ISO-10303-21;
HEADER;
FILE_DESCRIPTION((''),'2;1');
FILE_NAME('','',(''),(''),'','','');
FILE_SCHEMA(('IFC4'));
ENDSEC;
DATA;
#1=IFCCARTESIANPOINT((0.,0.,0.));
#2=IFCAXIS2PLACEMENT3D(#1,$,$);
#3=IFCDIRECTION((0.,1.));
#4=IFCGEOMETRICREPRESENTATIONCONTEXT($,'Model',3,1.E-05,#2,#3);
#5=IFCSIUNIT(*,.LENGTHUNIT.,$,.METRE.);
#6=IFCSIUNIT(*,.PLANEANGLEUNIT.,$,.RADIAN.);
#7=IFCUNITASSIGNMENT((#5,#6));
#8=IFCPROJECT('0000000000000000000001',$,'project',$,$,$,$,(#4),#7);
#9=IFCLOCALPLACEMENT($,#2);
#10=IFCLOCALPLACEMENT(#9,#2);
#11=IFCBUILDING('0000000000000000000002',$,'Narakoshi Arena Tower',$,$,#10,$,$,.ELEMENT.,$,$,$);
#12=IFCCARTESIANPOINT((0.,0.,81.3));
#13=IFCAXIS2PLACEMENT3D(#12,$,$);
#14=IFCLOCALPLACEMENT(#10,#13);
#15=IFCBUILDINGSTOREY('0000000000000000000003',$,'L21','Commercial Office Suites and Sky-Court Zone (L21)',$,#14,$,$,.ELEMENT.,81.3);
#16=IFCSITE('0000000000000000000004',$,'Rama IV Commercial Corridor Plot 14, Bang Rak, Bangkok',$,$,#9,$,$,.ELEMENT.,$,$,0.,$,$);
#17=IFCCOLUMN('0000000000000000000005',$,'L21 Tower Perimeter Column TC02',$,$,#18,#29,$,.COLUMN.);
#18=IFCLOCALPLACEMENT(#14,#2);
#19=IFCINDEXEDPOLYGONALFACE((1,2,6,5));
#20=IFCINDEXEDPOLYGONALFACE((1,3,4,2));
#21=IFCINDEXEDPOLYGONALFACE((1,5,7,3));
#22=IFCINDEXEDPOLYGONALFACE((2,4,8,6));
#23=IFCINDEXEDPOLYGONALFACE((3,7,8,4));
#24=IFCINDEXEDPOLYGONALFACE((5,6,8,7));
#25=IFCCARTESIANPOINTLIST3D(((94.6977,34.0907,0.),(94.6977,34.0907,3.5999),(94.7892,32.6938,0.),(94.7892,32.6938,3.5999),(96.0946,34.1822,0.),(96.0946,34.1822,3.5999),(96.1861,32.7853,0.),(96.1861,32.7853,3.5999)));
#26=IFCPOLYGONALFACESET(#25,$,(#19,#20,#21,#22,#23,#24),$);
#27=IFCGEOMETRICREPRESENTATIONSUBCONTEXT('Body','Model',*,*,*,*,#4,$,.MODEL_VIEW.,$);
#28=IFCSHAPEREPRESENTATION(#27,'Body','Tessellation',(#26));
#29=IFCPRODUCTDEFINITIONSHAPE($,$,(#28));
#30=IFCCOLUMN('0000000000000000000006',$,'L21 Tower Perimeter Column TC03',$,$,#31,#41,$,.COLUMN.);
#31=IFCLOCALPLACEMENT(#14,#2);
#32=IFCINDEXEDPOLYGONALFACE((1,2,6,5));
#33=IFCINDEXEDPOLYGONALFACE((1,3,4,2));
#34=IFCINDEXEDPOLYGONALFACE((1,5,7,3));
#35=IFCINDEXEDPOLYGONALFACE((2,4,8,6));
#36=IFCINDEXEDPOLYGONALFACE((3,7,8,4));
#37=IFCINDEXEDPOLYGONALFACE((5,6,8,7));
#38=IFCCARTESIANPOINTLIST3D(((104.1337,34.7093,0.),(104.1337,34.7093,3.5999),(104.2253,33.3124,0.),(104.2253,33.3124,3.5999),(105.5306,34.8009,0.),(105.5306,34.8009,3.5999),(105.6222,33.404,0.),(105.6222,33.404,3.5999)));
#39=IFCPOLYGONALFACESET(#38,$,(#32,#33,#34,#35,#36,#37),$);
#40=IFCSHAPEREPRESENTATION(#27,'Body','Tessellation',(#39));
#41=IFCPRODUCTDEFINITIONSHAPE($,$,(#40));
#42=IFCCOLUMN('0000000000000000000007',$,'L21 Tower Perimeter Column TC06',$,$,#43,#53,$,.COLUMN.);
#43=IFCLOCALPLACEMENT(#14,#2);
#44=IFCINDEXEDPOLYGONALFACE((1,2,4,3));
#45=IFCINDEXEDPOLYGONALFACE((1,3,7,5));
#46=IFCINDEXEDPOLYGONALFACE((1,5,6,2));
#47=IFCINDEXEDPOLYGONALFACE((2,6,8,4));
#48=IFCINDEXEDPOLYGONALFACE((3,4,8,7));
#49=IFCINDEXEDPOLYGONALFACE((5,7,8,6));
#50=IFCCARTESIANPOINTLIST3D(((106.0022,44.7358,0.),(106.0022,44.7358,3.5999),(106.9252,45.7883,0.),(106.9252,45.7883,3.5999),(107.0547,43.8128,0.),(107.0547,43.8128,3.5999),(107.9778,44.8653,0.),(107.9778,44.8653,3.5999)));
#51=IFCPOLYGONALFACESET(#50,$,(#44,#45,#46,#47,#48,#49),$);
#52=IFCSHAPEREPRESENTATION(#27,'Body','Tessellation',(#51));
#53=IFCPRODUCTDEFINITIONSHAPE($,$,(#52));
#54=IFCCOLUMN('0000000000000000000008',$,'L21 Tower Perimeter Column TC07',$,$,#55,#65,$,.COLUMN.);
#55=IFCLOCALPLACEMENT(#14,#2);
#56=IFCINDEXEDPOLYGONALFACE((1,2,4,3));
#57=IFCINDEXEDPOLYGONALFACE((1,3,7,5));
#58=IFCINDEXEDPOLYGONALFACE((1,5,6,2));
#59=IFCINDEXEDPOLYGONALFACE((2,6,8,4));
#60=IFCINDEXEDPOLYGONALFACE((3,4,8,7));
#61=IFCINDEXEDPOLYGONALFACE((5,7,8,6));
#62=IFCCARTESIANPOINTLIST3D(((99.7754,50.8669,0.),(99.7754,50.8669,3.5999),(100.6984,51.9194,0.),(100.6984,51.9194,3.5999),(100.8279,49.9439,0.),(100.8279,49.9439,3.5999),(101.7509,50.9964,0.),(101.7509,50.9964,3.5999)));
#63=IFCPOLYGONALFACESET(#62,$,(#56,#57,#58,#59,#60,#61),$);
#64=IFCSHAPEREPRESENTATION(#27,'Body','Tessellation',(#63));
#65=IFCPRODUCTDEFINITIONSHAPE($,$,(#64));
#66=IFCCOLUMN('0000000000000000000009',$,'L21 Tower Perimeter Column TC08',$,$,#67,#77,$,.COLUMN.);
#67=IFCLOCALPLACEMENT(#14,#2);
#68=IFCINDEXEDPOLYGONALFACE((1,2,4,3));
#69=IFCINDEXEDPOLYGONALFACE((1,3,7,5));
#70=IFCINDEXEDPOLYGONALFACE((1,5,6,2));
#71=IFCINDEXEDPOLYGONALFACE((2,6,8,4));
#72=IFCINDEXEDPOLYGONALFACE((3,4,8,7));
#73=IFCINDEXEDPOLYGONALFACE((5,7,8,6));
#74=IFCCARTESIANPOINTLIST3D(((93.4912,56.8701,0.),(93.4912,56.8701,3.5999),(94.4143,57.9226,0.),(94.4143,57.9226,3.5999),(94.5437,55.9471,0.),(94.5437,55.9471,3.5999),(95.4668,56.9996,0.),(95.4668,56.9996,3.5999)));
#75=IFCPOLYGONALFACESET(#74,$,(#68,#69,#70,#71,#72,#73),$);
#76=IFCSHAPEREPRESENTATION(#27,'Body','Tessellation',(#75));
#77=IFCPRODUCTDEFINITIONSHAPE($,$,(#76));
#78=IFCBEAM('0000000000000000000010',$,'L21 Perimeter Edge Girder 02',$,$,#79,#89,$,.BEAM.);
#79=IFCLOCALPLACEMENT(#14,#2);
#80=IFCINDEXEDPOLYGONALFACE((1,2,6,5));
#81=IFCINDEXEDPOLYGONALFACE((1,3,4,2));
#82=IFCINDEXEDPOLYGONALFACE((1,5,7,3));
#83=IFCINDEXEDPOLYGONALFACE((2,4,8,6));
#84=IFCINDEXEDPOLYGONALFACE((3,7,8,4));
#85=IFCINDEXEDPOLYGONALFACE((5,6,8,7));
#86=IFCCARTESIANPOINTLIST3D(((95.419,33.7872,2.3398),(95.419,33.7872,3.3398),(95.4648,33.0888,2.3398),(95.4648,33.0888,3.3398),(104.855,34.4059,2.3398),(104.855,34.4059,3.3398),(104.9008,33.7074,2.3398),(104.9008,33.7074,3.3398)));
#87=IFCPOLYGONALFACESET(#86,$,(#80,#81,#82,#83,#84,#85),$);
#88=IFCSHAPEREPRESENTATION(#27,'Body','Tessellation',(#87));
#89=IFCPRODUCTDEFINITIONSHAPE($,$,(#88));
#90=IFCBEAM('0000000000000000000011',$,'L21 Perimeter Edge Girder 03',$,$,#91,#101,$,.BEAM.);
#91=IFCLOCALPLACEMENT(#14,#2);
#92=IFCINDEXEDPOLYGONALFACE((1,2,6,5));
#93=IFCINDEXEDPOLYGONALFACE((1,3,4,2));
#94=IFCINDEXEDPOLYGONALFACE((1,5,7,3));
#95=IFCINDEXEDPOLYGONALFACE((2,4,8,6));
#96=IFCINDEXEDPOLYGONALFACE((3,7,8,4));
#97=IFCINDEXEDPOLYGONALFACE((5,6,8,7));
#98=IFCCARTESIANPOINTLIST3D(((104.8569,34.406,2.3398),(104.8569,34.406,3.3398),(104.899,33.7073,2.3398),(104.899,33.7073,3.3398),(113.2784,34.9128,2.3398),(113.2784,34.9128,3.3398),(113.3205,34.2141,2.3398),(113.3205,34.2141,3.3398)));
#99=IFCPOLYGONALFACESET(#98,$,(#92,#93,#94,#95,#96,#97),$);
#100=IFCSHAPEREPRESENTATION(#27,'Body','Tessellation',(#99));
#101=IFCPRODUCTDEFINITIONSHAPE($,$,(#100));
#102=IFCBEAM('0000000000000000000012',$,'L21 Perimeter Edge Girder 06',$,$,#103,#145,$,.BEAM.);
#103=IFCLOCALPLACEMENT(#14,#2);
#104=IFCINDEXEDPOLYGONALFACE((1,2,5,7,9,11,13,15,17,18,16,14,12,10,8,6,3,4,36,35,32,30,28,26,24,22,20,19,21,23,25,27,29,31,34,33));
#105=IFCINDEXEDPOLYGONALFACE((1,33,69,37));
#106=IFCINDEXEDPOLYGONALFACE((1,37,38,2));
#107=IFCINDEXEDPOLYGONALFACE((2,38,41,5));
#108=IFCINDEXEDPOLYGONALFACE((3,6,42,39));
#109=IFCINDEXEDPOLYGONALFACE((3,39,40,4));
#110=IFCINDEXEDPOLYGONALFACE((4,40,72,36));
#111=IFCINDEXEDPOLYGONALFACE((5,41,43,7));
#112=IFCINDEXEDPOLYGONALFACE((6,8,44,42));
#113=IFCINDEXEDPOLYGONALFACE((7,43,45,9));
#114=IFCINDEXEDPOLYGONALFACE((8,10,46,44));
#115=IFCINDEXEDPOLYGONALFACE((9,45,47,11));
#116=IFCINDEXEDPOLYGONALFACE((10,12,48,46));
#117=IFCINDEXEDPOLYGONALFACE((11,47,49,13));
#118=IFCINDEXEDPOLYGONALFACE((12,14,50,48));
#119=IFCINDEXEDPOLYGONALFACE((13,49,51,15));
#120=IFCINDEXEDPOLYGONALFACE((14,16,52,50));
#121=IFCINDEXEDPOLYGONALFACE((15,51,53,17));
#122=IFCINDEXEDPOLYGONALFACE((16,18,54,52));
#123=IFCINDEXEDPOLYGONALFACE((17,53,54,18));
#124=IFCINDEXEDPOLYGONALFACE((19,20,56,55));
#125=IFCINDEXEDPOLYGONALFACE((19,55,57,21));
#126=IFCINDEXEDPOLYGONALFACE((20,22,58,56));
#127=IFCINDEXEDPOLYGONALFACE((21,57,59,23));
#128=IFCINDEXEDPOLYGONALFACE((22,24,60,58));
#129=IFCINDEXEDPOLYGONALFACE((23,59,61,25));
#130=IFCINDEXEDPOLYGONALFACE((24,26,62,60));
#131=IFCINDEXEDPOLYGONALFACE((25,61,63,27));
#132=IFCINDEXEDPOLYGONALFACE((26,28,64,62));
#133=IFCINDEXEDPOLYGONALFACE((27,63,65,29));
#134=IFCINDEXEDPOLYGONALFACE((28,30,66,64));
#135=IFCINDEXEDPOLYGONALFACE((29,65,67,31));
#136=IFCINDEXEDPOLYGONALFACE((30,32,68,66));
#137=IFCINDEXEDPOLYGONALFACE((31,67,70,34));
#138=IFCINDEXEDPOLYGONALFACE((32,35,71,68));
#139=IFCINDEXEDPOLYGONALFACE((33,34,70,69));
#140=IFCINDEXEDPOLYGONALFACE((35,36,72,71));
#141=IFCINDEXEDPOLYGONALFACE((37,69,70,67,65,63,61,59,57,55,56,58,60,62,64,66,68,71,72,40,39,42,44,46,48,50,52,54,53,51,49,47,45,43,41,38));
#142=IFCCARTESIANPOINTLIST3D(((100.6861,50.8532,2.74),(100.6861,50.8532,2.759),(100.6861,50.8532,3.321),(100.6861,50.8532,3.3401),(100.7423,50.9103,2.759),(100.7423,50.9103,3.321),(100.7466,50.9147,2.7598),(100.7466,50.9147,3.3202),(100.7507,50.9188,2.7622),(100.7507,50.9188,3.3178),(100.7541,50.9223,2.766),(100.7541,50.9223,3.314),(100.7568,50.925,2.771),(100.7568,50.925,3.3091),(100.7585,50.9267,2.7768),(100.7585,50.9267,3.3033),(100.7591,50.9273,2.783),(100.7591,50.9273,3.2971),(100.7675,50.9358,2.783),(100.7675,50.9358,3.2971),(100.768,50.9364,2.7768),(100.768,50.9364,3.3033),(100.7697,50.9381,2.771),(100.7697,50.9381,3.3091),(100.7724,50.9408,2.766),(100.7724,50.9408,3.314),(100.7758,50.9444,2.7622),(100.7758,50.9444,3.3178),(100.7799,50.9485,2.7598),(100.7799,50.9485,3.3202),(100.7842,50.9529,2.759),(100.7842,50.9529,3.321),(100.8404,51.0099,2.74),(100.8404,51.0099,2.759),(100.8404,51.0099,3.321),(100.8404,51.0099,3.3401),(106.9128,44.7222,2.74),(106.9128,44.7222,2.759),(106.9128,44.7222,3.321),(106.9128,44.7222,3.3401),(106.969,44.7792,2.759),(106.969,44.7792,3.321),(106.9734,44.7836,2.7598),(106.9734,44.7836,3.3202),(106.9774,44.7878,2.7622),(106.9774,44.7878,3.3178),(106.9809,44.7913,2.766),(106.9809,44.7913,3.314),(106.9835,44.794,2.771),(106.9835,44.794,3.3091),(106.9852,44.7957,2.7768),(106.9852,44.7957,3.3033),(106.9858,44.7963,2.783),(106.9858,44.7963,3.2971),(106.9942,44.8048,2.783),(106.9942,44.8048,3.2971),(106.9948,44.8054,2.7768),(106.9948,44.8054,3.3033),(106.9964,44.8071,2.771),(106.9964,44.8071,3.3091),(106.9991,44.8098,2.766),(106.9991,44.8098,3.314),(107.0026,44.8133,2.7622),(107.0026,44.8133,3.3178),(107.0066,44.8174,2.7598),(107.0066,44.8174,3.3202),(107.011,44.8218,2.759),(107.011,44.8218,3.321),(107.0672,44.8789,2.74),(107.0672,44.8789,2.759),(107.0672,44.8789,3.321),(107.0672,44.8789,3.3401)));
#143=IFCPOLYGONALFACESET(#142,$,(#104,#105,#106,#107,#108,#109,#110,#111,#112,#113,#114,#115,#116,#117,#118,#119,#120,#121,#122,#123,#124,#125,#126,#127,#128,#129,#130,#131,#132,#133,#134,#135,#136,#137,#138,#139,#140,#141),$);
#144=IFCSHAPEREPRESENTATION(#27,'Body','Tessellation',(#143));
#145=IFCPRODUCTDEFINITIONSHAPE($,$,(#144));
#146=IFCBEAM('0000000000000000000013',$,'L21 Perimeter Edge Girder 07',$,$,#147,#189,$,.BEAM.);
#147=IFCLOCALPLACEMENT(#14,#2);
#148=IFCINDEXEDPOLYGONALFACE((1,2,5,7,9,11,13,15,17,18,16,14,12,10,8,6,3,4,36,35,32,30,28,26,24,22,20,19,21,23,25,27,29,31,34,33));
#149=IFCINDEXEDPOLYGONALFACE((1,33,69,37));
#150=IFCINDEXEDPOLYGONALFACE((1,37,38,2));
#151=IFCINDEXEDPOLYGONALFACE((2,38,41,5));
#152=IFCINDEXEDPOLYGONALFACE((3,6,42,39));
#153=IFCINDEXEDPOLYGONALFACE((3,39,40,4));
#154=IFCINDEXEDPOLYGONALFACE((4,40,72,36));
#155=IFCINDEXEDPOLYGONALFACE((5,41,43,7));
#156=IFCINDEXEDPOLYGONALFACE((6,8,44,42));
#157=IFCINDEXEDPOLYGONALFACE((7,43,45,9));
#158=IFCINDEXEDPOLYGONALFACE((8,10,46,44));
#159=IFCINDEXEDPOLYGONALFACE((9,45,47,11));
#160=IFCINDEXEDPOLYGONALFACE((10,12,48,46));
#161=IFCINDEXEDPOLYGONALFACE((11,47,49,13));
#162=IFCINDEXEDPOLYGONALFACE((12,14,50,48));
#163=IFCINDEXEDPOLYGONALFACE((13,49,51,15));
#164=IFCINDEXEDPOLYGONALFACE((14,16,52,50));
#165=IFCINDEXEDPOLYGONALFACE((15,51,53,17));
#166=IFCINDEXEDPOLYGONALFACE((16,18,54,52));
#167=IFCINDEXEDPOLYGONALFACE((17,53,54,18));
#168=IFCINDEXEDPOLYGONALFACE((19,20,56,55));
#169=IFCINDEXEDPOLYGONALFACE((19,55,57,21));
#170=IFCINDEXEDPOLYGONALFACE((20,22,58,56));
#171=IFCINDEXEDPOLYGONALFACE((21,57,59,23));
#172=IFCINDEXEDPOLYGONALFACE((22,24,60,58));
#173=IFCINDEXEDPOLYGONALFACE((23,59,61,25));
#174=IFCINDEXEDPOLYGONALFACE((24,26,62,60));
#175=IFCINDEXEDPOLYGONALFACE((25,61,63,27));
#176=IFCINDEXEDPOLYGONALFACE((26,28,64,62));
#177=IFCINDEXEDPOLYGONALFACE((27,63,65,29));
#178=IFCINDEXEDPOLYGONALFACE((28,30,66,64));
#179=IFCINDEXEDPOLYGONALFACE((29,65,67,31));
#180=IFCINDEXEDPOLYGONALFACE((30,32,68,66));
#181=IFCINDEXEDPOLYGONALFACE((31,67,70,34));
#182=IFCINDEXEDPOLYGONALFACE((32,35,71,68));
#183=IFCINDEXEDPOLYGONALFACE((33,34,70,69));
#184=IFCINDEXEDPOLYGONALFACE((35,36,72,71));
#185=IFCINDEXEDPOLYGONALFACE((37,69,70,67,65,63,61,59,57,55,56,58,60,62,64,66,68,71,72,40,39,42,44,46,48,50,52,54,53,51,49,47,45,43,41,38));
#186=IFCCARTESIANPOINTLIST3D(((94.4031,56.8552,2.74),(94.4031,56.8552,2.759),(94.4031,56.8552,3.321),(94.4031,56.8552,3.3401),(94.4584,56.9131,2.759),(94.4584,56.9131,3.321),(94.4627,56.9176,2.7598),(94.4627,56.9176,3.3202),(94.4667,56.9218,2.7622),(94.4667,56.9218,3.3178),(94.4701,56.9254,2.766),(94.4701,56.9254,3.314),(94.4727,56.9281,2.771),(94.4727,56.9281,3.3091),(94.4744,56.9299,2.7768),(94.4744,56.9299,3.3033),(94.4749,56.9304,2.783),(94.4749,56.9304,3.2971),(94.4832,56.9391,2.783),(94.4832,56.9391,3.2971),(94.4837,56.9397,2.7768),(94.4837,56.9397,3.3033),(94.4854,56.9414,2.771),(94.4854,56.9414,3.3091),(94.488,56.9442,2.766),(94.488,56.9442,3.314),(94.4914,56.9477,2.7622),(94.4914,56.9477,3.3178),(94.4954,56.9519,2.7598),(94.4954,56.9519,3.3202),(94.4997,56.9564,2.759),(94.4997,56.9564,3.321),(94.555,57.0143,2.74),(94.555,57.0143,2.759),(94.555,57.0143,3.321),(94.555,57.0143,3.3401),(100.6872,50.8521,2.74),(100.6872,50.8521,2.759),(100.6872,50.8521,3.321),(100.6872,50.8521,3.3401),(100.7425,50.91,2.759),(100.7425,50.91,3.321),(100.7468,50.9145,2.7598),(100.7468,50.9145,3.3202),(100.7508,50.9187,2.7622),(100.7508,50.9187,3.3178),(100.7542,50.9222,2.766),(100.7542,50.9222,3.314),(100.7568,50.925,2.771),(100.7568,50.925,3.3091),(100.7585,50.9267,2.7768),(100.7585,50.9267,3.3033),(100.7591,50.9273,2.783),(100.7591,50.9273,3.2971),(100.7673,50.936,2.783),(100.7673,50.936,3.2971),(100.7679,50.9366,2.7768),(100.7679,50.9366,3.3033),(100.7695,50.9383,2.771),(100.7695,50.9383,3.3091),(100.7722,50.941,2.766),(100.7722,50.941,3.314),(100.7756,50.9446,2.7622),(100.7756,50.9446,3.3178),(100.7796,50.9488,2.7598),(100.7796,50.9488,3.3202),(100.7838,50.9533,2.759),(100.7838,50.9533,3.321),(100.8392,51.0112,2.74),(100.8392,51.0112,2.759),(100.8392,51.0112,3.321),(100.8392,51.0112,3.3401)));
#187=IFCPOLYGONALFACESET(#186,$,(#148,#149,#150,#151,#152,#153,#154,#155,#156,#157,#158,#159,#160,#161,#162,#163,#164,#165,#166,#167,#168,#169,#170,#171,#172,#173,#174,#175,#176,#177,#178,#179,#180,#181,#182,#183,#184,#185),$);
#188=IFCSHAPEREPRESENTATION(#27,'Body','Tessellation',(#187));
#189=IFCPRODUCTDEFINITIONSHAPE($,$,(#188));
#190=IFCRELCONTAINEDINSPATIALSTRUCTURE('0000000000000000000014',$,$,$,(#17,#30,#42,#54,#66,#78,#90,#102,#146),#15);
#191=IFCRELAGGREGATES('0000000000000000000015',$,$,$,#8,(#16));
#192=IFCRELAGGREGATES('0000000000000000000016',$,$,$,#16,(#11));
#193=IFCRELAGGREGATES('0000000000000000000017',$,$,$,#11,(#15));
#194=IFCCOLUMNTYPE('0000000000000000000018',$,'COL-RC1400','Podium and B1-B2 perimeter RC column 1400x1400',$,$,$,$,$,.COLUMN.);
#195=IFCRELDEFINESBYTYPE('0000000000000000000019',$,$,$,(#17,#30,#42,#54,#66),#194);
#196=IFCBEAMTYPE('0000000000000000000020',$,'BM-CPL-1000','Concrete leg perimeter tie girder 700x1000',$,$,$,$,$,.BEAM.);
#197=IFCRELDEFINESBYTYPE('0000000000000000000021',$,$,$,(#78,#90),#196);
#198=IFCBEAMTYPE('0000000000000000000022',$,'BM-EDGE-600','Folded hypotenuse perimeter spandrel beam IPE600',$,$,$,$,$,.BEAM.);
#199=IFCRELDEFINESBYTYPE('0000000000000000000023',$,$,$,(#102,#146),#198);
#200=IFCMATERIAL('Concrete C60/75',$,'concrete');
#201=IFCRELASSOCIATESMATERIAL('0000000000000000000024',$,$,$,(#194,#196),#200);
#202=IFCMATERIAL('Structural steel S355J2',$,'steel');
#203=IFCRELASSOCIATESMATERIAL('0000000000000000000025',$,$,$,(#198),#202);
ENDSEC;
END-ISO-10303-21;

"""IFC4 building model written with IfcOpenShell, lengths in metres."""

from ifc_helpers import new_model, si_unit, direction, frame, origin, origin_2d, place, context, subcontext, project, spatial, rectangle, i_section, extrude, material, material_profile, profile_set, type_object, element, save


model = new_model("IFC4")

# Units and contexts
model_context = context("Model", 3, precision=1e-05, world=origin(), true_north=direction((0.0, 1.0)))
body_context = subcontext(model_context, "Body", "Model", "MODEL_VIEW")
ifc_project = project(units=[si_unit("LENGTHUNIT", "METRE"), si_unit("PLANEANGLEUNIT", "RADIAN")], contexts=[model_context])

# Site, building, storey
site_placement = place(None, origin())
site = spatial("IfcSite", under=ifc_project, at=site_placement, Name="Rama IV Commercial Corridor Plot 14, Bang Rak, Bangkok", CompositionType="ELEMENT", RefElevation=0.0)
building_placement = place(site_placement, origin())
building = spatial("IfcBuilding", under=site, at=building_placement, Name="Narakoshi Arena Tower", CompositionType="ELEMENT")
storey_placement = place(building_placement, frame((0.0, 0.0, 81.3)))
storey = spatial("IfcBuildingStorey", under=building, at=storey_placement, Name="L21", Description="Commercial Office Suites and Sky-Court Zone (L21)", CompositionType="ELEMENT", Elevation=81.3)

# Columns
ifc_material_1 = material(Name="Concrete C60/75", Category="concrete")
ifc_material_profile_1 = material_profile(ifc_material_1, rectangle(XDim=1.3999, YDim=1.3999, at=origin_2d()), Name="RC1400x1400")
ifc_profile_set_1 = profile_set([ifc_material_profile_1], Name="Concrete C60/75")
column_type = type_object("IfcColumnType", Name="COL-RC1400", Description="Podium and B1-B2 perimeter RC column 1400x1400", PredefinedType="COLUMN", material=ifc_profile_set_1)
for number, where, z_axis, x_axis, name in (
    (1, (95.4419, 33.438, 0.0), (0.0, 0.0, 1.0), (0.997859, 0.065403, 0.0), "L21 Tower Perimeter Column TC02"),
    (2, (104.8779, 34.0566, 0.0), (0.0, 0.0, 1.0), (0.997859, 0.065403, 0.0), "L21 Tower Perimeter Column TC03"),
    (3, (106.99, 44.8005, 0.0), (0.0, 0.0, 1.0), (0.659346, 0.75184, 0.0), "L21 Tower Perimeter Column TC06"),
    (4, (100.7632, 50.9316, 0.0), (0.0, 0.0, 1.0), (0.659346, 0.75184, 0.0), "L21 Tower Perimeter Column TC07"),
    (5, (94.479, 56.9348, 0.0), (0.0, 0.0, 1.0), (0.659346, 0.75184, 0.0), "L21 Tower Perimeter Column TC08"),
):
    element("IfcColumn", number, at=place(storey_placement, frame(where, z_axis=z_axis, x_axis=x_axis)), inside=storey, type_object=column_type, Name=name, PredefinedType="COLUMN", context=body_context, shape_type="SweptSolid", body=[
        extrude(rectangle(XDim=1.3999, YDim=1.3999, at=origin_2d()), origin(), (0.0, 0.0, 1.0), 3.5999),
    ])

# Beams
ifc_material_profile_2 = material_profile(ifc_material_1, rectangle(XDim=0.7, YDim=1.0, at=origin_2d()), Name="RCB700x1000")
ifc_profile_set_2 = profile_set([ifc_material_profile_2], Name="Concrete C60/75")
beam_type_1 = type_object("IfcBeamType", Name="BM-CPL-1000", Description="Concrete leg perimeter tie girder 700x1000", PredefinedType="BEAM", material=ifc_profile_set_2)
beam_1_placement = place(storey_placement, frame((95.4419, 33.438, 2.8398), z_axis=(0.997858, 0.065422, 0.0), x_axis=(-0.065422, 0.997858, 0.0)))
element("IfcBeam", 6, at=beam_1_placement, inside=storey, type_object=beam_type_1, Name="L21 Perimeter Edge Girder 02", PredefinedType="BEAM", context=body_context, shape_type="SweptSolid", body=[
    extrude(rectangle(XDim=0.7, YDim=1.0, at=origin_2d()), origin(), (0.0, 0.0, 1.0), 9.4563),
])
beam_2_placement = place(storey_placement, frame((104.8779, 34.0566, 2.8398), z_axis=(0.998194, 0.060074, 0.0), x_axis=(-0.060074, 0.998194, 0.0)))
element("IfcBeam", 7, at=beam_2_placement, inside=storey, type_object=beam_type_1, Name="L21 Perimeter Edge Girder 03", PredefinedType="BEAM", context=body_context, shape_type="SweptSolid", body=[
    extrude(rectangle(XDim=0.7, YDim=1.0, at=origin_2d()), origin(), (0.0, 0.0, 1.0), 8.4368),
])
ifc_material_2 = material(Name="Structural steel S355J2", Category="steel")
ifc_material_profile_3 = material_profile(ifc_material_2, i_section(OverallWidth=0.22, OverallDepth=0.6001, WebThickness=0.012, FlangeThickness=0.019, FilletRadius=0.0239, at=origin_2d()), Name="IPE600")
ifc_profile_set_3 = profile_set([ifc_material_profile_3], Name="Structural steel S355J2")
beam_type_2 = type_object("IfcBeamType", Name="BM-EDGE-600", Description="Folded hypotenuse perimeter spandrel beam IPE600", PredefinedType="BEAM", material=ifc_profile_set_3)
beam_3_placement = place(storey_placement, frame((106.99, 44.8005, 3.04), z_axis=(-0.712561, 0.70161, 0.0), x_axis=(-0.70161, -0.712561, 0.0)))
element("IfcBeam", 8, at=beam_3_placement, inside=storey, type_object=beam_type_2, Name="L21 Perimeter Edge Girder 06", PredefinedType="BEAM", context=body_context, shape_type="SweptSolid", body=[
    extrude(i_section(OverallWidth=0.22, OverallDepth=0.6001, WebThickness=0.012, FlangeThickness=0.019, FilletRadius=0.0239, at=origin_2d()), origin(), (0.0, 0.0, 1.0), 8.7385),
])
beam_4_placement = place(storey_placement, frame((100.7632, 50.9316, 3.04), z_axis=(-0.723089, 0.690755, 0.0), x_axis=(-0.690755, -0.723089, 0.0)))
element("IfcBeam", 9, at=beam_4_placement, inside=storey, type_object=beam_type_2, Name="L21 Perimeter Edge Girder 07", PredefinedType="BEAM", context=body_context, shape_type="SweptSolid", body=[
    extrude(i_section(OverallWidth=0.22, OverallDepth=0.6001, WebThickness=0.012, FlangeThickness=0.019, FilletRadius=0.0239, at=origin_2d()), origin(), (0.0, 0.0, 1.0), 8.6907),
])

save(model, "model.ifc")
